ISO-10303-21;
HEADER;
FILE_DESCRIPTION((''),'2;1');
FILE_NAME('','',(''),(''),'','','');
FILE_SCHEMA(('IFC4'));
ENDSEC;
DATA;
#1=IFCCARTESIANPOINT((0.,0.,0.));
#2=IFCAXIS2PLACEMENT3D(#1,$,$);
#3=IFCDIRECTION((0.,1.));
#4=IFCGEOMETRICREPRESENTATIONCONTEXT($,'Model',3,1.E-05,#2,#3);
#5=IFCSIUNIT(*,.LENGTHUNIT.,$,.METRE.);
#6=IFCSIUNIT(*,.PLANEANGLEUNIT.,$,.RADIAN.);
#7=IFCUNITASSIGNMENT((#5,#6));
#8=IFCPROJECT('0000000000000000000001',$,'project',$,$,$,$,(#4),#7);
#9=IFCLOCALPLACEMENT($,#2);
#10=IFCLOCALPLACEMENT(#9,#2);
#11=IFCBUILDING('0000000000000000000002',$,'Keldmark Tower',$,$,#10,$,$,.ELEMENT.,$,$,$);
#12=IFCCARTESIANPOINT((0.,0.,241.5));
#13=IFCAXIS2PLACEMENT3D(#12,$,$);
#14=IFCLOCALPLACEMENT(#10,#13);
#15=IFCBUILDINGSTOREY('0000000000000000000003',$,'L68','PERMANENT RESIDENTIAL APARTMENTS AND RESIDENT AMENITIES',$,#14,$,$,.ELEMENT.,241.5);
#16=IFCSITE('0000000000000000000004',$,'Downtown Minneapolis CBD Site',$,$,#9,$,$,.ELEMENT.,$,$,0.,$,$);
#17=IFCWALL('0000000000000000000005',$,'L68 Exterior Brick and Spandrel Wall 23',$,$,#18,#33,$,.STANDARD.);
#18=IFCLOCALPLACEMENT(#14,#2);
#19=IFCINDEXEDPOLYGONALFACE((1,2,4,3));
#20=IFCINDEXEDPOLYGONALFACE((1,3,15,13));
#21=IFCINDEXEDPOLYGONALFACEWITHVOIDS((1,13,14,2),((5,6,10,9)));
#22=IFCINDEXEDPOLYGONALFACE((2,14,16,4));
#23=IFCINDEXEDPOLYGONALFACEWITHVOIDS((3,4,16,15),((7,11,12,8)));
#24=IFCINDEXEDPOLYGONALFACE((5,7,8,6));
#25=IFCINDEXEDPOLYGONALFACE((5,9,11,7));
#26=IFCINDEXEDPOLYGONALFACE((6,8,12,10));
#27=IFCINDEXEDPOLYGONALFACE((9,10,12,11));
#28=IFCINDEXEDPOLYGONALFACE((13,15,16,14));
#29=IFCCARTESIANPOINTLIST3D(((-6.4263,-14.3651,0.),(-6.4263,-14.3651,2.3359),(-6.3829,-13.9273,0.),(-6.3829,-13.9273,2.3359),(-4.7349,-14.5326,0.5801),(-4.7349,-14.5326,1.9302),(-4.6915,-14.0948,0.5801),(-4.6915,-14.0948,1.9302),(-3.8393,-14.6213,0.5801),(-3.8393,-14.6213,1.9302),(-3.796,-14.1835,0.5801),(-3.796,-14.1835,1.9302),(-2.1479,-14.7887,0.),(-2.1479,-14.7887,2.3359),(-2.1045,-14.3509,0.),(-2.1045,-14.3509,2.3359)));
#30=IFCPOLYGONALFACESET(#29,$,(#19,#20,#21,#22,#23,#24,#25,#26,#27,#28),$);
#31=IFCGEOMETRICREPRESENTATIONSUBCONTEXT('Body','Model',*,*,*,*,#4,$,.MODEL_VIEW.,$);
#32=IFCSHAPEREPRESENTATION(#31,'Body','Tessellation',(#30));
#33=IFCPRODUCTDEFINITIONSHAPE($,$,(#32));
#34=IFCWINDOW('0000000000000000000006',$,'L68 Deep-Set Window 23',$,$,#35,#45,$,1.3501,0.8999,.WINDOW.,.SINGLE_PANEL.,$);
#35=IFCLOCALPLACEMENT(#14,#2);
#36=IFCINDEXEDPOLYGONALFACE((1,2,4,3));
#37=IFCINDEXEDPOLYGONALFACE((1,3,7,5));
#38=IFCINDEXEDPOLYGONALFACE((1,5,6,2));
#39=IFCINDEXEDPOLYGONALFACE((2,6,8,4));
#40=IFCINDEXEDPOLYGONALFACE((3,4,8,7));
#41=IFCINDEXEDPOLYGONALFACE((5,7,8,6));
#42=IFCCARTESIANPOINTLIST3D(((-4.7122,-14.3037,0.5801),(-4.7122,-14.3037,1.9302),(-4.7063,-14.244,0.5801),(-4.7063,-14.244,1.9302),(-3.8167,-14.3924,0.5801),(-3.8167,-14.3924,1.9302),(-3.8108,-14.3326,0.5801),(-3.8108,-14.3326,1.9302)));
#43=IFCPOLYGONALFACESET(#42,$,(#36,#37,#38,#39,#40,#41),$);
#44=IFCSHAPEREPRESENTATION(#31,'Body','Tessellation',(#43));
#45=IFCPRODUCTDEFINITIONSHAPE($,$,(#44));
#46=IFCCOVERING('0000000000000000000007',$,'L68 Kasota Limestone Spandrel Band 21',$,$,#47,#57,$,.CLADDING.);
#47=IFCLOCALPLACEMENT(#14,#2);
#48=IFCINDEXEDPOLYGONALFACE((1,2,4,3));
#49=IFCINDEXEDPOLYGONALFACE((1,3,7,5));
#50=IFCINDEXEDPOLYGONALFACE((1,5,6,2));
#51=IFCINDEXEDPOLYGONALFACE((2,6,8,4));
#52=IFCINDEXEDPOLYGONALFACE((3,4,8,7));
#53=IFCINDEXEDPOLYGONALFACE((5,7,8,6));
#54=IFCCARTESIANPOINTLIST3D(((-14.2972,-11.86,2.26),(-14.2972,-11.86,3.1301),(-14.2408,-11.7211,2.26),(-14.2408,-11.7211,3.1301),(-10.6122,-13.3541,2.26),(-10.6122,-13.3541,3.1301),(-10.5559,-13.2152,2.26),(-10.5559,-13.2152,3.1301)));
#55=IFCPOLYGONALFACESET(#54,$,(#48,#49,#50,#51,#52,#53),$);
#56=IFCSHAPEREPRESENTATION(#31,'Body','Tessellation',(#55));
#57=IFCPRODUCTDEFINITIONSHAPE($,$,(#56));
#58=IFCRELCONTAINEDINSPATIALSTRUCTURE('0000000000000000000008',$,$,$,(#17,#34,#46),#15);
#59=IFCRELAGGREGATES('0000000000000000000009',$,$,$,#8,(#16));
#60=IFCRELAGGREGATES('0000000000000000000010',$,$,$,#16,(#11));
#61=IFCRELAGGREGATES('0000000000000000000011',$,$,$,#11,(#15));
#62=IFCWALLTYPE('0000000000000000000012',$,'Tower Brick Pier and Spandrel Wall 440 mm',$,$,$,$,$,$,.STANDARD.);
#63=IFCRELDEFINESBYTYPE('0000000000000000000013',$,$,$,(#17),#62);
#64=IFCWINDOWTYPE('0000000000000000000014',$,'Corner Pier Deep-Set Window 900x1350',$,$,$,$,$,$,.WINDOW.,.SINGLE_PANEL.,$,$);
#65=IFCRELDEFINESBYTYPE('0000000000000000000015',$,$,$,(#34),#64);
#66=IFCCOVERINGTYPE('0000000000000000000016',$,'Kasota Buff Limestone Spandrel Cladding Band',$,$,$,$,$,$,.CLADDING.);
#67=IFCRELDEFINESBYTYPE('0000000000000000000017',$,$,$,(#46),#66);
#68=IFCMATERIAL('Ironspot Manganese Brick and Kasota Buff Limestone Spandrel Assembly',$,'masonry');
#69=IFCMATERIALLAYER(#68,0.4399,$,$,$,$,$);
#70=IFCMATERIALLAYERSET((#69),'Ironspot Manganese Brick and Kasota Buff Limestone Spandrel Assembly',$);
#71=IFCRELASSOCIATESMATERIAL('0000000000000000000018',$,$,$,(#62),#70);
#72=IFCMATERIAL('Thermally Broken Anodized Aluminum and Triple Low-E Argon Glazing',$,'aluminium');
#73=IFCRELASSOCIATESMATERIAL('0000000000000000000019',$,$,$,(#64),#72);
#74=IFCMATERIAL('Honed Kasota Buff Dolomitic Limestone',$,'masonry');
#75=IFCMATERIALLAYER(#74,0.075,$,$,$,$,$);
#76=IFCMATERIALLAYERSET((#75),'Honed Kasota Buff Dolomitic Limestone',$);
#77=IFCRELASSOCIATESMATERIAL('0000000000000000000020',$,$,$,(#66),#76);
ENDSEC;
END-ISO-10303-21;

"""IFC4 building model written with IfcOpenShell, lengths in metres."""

from ifc_helpers import new_model, si_unit, direction, frame, frame_2d, origin, origin_2d, place, context, subcontext, project, spatial, rectangle, extrude, material, layer, layer_set, type_object, element, fill, save


model = new_model("IFC4")

# Units and contexts
model_context = context("Model", 3, precision=1e-05, world=origin(), true_north=direction((0.0, 1.0)))
body_context = subcontext(model_context, "Body", "Model", "MODEL_VIEW")
ifc_project = project(units=[si_unit("LENGTHUNIT", "METRE"), si_unit("PLANEANGLEUNIT", "RADIAN")], contexts=[model_context])

# Site, building, storey
site_placement = place(None, origin())
site = spatial("IfcSite", under=ifc_project, at=site_placement, Name="Downtown Minneapolis CBD Site", CompositionType="ELEMENT", RefElevation=0.0)
building_placement = place(site_placement, origin())
building = spatial("IfcBuilding", under=site, at=building_placement, Name="Keldmark Tower", CompositionType="ELEMENT")
storey_placement = place(building_placement, frame((0.0, 0.0, 241.5)))
storey = spatial("IfcBuildingStorey", under=building, at=storey_placement, Name="L68", Description="PERMANENT RESIDENTIAL APARTMENTS AND RESIDENT AMENITIES", CompositionType="ELEMENT", Elevation=241.5)

# Wall, opening, window
ifc_material_1 = material(Name="Ironspot Manganese Brick and Kasota Buff Limestone Spandrel Assembly", Category="masonry")
ifc_layer_1 = layer(ifc_material_1, 0.4399)
ifc_layer_set_1 = layer_set([ifc_layer_1], Name="Ironspot Manganese Brick and Kasota Buff Limestone Spandrel Assembly")
wall_type_1 = type_object("IfcWallType", Name="Tower Brick Pier and Spandrel Wall 440 mm", PredefinedType="STANDARD", material=ifc_layer_set_1)
wall_1_placement = place(storey_placement, frame((-2.1262, -14.5698, 0.0), z_axis=(0.0, 0.0, 1.0), x_axis=(-0.995135, 0.098525, 0.0)))
wall_1 = element("IfcWall", 1, at=wall_1_placement, inside=storey, type_object=wall_type_1, Name="L68 Exterior Brick and Spandrel Wall 23", PredefinedType="STANDARD", context=body_context, shape_type="SweptSolid", body=[
    extrude(rectangle(XDim=4.2993, YDim=0.4399, at=frame_2d((2.1497, 0.0))), origin(), (0.0, 0.0, 1.0), 2.3359),
])
opening_1_placement = place(wall_1_placement, frame((1.6997, 0.0, 0.5801)))
opening_1 = element("IfcOpeningElement", 2, at=opening_1_placement, cuts=wall_1, PredefinedType="OPENING", context=body_context, shape_type="SweptSolid", body=[
    extrude(rectangle(XDim=0.8999, YDim=1.3501, at=frame_2d((0.45, 0.675))), frame((0.0, 0.23, 0.0), z_axis=(0.0, -1.0, 0.0), x_axis=(1.0, 0.0, 0.0)), (0.0, 0.0, 1.0), 0.46),
])
ifc_material_2 = material(Name="Thermally Broken Anodized Aluminum and Triple Low-E Argon Glazing", Category="aluminium")
window_type_1 = type_object("IfcWindowType", Name="Corner Pier Deep-Set Window 900x1350", PartitioningType="SINGLE_PANEL", PredefinedType="WINDOW", material=ifc_material_2)
window_1_placement = place(opening_1_placement, origin())
window_1 = element("IfcWindow", 3, at=window_1_placement, inside=storey, type_object=window_type_1, Name="L68 Deep-Set Window 23", OverallHeight=1.3501, OverallWidth=0.8999, PartitioningType="SINGLE_PANEL", PredefinedType="WINDOW", context=body_context, shape_type="SweptSolid", body=[
    extrude(rectangle(XDim=0.8999, YDim=1.3501, at=frame_2d((0.45, 0.675))), frame((0.0, -0.01, 0.0), z_axis=(0.0, -1.0, 0.0), x_axis=(1.0, 0.0, 0.0)), (0.0, 0.0, 1.0), 0.0601),
])
fill(opening_1, window_1)

# Covering
ifc_material_3 = material(Name="Honed Kasota Buff Dolomitic Limestone", Category="masonry")
ifc_layer_2 = layer(ifc_material_3, 0.075)
ifc_layer_set_2 = layer_set([ifc_layer_2], Name="Honed Kasota Buff Dolomitic Limestone")
covering_type = type_object("IfcCoveringType", Name="Kasota Buff Limestone Spandrel Cladding Band", PredefinedType="CLADDING", material=ifc_layer_set_2)
covering_placement = place(storey_placement, frame((-12.4265, -12.5376, 2.26), z_axis=(0.0, 0.0, 1.0), x_axis=(0.926725, -0.375739, 0.0)))
element("IfcCovering", 4, at=covering_placement, inside=storey, type_object=covering_type, Name="L68 Kasota Limestone Spandrel Band 21", PredefinedType="CLADDING", context=body_context, shape_type="SweptSolid", body=[
    extrude(rectangle(XDim=3.9763, YDim=0.1499, at=origin_2d()), origin(), (0.0, 0.0, 1.0), 0.8701),
])

save(model, "model.ifc")
